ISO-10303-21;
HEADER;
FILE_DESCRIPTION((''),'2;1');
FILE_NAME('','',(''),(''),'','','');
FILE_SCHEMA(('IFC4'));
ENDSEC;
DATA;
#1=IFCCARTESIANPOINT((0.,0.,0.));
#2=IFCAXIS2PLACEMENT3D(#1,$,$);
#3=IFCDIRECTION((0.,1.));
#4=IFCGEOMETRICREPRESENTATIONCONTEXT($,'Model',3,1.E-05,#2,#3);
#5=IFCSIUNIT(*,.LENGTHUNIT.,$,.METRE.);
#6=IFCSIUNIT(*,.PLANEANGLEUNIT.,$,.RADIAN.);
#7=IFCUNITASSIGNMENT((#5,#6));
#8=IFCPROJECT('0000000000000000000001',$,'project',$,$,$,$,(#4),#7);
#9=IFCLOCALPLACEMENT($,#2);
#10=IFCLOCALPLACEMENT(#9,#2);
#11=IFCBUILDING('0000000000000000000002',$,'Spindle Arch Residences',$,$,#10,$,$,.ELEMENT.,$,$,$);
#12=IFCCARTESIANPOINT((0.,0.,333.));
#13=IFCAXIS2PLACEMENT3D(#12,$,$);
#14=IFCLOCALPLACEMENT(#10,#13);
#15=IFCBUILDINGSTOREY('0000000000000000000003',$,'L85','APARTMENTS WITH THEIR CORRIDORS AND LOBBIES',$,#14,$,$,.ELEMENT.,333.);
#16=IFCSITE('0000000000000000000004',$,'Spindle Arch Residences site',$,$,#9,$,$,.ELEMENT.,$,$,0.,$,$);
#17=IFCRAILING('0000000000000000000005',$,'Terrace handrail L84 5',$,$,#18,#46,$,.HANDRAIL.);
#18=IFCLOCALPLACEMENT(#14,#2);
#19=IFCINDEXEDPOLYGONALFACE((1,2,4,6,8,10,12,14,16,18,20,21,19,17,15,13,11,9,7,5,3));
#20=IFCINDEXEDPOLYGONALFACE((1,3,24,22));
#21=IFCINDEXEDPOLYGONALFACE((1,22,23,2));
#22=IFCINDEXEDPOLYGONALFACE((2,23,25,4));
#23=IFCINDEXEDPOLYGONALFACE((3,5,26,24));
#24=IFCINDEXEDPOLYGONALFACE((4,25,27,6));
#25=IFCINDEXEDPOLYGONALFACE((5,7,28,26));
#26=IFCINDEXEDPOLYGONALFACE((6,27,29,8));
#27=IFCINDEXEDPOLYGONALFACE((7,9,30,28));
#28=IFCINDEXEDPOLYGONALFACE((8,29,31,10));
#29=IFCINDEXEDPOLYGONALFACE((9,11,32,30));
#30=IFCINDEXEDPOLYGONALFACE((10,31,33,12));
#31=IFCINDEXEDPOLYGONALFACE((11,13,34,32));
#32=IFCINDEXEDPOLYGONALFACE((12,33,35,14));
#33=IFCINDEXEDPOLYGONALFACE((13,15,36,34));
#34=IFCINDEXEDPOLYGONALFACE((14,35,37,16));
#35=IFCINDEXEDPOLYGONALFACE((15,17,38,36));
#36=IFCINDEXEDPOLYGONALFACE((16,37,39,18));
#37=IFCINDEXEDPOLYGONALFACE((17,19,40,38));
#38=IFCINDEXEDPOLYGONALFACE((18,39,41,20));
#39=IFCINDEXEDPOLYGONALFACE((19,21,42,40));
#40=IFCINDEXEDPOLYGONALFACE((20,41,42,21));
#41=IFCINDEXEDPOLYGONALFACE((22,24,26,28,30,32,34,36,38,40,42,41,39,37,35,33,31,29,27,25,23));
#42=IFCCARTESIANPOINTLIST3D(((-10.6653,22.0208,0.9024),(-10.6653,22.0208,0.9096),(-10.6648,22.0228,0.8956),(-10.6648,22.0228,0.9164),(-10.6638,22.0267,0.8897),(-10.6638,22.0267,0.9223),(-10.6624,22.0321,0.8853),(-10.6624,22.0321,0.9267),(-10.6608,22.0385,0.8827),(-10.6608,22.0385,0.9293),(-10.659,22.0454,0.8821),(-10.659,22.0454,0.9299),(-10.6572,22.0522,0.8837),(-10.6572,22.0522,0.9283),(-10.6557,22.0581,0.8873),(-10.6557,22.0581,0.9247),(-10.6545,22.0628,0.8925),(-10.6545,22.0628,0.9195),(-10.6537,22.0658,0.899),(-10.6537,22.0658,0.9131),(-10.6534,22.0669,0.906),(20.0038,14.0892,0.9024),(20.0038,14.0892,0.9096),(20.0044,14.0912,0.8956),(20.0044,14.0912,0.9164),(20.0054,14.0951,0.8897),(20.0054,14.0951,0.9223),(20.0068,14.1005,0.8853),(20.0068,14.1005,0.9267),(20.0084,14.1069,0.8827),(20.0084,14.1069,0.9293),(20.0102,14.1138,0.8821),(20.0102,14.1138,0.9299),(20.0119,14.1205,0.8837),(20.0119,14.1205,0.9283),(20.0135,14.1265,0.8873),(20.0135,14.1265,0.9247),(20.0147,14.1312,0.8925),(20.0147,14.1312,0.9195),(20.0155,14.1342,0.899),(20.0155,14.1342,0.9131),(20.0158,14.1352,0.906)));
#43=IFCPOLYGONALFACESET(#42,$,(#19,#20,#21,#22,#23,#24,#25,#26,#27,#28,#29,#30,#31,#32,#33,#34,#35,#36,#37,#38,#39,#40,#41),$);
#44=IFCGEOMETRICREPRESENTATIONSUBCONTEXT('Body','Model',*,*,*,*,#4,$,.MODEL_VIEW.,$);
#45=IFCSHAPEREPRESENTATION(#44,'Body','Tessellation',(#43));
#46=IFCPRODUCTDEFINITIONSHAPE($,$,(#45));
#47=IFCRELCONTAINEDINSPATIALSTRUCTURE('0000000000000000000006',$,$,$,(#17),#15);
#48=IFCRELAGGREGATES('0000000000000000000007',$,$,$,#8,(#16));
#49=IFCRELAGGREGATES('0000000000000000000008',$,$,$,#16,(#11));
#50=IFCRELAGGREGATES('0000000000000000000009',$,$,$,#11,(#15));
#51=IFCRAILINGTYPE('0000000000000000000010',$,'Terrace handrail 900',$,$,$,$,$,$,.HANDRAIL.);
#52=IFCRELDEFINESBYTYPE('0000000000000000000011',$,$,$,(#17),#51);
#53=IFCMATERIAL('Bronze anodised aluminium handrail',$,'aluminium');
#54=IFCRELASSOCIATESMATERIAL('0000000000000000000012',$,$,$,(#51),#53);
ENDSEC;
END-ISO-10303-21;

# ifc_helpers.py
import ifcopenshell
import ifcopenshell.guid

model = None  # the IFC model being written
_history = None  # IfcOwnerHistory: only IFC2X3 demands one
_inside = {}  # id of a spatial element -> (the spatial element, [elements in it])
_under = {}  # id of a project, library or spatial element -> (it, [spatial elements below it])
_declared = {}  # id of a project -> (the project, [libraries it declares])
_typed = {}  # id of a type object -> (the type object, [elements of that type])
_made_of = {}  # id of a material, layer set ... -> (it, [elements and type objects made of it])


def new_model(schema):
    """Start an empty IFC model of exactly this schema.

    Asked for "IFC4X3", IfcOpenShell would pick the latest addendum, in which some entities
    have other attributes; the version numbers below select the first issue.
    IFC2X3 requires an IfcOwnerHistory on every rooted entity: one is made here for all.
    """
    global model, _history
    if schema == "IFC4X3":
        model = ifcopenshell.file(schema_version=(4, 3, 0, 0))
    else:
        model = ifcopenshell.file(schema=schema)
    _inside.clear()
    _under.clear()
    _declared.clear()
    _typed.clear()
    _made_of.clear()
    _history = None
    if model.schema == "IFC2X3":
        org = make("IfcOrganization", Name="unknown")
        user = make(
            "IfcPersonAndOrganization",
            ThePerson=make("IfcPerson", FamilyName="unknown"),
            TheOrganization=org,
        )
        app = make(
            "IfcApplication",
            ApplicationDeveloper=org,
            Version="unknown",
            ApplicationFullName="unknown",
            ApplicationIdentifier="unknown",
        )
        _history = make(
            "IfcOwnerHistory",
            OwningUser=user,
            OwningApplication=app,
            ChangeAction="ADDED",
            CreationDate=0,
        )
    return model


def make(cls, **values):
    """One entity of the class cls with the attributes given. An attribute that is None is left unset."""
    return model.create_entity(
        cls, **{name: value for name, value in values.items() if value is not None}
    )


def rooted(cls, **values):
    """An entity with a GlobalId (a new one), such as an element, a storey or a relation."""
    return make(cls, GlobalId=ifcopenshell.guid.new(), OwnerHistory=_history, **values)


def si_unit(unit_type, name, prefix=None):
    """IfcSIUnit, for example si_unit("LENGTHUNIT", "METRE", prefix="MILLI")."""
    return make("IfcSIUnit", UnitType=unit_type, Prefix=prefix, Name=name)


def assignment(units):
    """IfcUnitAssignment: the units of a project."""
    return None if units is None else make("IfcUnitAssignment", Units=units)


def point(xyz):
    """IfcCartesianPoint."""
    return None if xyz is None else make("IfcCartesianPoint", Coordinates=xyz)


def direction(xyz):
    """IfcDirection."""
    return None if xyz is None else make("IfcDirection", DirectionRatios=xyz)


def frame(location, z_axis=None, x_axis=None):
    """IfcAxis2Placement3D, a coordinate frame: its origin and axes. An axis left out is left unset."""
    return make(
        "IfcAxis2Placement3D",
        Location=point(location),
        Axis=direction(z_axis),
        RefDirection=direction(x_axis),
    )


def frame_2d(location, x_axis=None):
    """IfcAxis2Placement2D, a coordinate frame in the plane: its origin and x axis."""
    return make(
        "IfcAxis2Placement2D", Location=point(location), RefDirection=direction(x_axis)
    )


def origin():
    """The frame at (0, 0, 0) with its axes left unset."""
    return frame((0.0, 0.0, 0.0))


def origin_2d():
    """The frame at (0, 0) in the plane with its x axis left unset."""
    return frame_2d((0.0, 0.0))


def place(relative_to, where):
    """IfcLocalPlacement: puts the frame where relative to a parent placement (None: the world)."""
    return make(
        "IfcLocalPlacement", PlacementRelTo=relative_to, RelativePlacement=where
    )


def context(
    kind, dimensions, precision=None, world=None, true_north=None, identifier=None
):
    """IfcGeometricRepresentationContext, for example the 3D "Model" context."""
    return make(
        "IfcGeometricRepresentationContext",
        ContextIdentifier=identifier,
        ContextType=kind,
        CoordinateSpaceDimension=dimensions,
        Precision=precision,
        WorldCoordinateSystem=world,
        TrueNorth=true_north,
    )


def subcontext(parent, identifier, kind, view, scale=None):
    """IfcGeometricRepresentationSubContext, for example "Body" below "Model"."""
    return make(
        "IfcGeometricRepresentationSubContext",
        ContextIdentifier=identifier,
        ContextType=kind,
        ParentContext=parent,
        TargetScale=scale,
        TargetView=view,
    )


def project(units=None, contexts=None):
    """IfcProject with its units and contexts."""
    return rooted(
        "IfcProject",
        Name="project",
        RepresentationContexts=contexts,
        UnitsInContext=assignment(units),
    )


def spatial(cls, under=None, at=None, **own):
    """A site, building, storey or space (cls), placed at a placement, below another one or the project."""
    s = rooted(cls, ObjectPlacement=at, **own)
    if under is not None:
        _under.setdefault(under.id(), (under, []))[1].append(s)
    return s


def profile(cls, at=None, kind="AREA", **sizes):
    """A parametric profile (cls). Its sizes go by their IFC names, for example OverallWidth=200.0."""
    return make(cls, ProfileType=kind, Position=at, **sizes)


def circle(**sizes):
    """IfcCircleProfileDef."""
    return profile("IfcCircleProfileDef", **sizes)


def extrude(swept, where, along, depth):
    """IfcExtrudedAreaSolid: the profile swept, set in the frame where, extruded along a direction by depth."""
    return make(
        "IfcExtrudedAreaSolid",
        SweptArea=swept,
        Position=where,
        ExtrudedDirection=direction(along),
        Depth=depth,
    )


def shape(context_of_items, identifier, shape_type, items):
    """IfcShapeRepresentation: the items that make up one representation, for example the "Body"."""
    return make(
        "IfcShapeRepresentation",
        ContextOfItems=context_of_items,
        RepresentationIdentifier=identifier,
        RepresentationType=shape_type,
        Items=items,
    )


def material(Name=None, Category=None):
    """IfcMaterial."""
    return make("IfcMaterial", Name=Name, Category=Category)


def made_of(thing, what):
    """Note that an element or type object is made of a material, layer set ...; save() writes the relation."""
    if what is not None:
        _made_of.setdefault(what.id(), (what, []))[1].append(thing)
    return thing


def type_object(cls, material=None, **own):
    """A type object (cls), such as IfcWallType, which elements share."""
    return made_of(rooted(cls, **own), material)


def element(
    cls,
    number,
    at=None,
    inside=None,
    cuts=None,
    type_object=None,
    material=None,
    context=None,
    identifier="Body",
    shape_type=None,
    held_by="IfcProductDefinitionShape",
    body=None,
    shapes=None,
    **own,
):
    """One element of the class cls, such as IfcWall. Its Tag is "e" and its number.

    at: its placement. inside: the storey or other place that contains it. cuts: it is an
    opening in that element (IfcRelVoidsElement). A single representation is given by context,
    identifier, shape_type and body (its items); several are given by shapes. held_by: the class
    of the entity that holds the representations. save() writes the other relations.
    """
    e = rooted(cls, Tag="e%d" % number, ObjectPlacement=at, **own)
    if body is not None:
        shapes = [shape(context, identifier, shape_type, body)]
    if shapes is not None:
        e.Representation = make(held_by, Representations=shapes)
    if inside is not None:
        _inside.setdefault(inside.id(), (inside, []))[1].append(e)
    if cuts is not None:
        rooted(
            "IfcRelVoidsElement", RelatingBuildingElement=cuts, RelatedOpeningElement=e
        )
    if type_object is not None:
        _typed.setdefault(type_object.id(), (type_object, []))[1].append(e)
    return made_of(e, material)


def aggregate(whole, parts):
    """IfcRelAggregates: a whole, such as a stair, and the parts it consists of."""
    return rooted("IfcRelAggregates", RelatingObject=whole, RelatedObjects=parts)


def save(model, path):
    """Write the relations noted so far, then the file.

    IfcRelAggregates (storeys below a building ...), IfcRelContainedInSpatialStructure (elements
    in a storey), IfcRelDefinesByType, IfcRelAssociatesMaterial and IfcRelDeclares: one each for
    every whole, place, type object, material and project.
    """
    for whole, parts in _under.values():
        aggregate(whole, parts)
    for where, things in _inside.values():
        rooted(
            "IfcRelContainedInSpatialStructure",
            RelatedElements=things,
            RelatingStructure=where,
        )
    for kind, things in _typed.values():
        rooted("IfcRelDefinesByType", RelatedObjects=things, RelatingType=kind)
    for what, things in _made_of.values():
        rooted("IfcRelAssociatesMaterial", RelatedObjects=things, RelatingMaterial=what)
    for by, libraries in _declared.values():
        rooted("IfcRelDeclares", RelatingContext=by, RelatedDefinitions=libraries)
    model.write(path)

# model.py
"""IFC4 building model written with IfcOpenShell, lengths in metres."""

from ifc_helpers import new_model, si_unit, direction, frame, origin, origin_2d, place, context, subcontext, project, spatial, circle, extrude, material, type_object, element, save


model = new_model("IFC4")

# Units and contexts
model_context = context("Model", 3, precision=1e-05, world=origin(), true_north=direction((0.0, 1.0)))
body_context = subcontext(model_context, "Body", "Model", "MODEL_VIEW")
ifc_project = project(units=[si_unit("LENGTHUNIT", "METRE"), si_unit("PLANEANGLEUNIT", "RADIAN")], contexts=[model_context])

# Site, building, storey
site_placement = place(None, origin())
site = spatial("IfcSite", under=ifc_project, at=site_placement, Name="Spindle Arch Residences site", CompositionType="ELEMENT", RefElevation=0.0)
building_placement = place(site_placement, origin())
building = spatial("IfcBuilding", under=site, at=building_placement, Name="Spindle Arch Residences", CompositionType="ELEMENT")
storey_placement = place(building_placement, frame((0.0, 0.0, 333.0)))
storey = spatial("IfcBuildingStorey", under=building, at=storey_placement, Name="L85", Description="APARTMENTS WITH THEIR CORRIDORS AND LOBBIES", CompositionType="ELEMENT", Elevation=333.0)

# Railing
ifc_material_1 = material(Name="Bronze anodised aluminium handrail", Category="aluminium")
railing_type_1 = type_object("IfcRailingType", Name="Terrace handrail 900", PredefinedType="HANDRAIL", material=ifc_material_1)
railing_1_placement = place(storey_placement, frame((-10.6594, 22.0437, 0.03)))
element("IfcRailing", 1, at=railing_1_placement, inside=storey, type_object=railing_type_1, Name="Terrace handrail L84 5", PredefinedType="HANDRAIL", context=body_context, shape_type="SweptSolid", body=[
    extrude(circle(Radius=0.0239, at=origin_2d()), frame((0.0, 0.0, 0.876), z_axis=(0.968147, -0.250381, 0.0), x_axis=(0.250381, 0.968147, 0.0)), (0.0, 0.0, 1.0), 31.6782),
])

save(model, "model.ifc")
